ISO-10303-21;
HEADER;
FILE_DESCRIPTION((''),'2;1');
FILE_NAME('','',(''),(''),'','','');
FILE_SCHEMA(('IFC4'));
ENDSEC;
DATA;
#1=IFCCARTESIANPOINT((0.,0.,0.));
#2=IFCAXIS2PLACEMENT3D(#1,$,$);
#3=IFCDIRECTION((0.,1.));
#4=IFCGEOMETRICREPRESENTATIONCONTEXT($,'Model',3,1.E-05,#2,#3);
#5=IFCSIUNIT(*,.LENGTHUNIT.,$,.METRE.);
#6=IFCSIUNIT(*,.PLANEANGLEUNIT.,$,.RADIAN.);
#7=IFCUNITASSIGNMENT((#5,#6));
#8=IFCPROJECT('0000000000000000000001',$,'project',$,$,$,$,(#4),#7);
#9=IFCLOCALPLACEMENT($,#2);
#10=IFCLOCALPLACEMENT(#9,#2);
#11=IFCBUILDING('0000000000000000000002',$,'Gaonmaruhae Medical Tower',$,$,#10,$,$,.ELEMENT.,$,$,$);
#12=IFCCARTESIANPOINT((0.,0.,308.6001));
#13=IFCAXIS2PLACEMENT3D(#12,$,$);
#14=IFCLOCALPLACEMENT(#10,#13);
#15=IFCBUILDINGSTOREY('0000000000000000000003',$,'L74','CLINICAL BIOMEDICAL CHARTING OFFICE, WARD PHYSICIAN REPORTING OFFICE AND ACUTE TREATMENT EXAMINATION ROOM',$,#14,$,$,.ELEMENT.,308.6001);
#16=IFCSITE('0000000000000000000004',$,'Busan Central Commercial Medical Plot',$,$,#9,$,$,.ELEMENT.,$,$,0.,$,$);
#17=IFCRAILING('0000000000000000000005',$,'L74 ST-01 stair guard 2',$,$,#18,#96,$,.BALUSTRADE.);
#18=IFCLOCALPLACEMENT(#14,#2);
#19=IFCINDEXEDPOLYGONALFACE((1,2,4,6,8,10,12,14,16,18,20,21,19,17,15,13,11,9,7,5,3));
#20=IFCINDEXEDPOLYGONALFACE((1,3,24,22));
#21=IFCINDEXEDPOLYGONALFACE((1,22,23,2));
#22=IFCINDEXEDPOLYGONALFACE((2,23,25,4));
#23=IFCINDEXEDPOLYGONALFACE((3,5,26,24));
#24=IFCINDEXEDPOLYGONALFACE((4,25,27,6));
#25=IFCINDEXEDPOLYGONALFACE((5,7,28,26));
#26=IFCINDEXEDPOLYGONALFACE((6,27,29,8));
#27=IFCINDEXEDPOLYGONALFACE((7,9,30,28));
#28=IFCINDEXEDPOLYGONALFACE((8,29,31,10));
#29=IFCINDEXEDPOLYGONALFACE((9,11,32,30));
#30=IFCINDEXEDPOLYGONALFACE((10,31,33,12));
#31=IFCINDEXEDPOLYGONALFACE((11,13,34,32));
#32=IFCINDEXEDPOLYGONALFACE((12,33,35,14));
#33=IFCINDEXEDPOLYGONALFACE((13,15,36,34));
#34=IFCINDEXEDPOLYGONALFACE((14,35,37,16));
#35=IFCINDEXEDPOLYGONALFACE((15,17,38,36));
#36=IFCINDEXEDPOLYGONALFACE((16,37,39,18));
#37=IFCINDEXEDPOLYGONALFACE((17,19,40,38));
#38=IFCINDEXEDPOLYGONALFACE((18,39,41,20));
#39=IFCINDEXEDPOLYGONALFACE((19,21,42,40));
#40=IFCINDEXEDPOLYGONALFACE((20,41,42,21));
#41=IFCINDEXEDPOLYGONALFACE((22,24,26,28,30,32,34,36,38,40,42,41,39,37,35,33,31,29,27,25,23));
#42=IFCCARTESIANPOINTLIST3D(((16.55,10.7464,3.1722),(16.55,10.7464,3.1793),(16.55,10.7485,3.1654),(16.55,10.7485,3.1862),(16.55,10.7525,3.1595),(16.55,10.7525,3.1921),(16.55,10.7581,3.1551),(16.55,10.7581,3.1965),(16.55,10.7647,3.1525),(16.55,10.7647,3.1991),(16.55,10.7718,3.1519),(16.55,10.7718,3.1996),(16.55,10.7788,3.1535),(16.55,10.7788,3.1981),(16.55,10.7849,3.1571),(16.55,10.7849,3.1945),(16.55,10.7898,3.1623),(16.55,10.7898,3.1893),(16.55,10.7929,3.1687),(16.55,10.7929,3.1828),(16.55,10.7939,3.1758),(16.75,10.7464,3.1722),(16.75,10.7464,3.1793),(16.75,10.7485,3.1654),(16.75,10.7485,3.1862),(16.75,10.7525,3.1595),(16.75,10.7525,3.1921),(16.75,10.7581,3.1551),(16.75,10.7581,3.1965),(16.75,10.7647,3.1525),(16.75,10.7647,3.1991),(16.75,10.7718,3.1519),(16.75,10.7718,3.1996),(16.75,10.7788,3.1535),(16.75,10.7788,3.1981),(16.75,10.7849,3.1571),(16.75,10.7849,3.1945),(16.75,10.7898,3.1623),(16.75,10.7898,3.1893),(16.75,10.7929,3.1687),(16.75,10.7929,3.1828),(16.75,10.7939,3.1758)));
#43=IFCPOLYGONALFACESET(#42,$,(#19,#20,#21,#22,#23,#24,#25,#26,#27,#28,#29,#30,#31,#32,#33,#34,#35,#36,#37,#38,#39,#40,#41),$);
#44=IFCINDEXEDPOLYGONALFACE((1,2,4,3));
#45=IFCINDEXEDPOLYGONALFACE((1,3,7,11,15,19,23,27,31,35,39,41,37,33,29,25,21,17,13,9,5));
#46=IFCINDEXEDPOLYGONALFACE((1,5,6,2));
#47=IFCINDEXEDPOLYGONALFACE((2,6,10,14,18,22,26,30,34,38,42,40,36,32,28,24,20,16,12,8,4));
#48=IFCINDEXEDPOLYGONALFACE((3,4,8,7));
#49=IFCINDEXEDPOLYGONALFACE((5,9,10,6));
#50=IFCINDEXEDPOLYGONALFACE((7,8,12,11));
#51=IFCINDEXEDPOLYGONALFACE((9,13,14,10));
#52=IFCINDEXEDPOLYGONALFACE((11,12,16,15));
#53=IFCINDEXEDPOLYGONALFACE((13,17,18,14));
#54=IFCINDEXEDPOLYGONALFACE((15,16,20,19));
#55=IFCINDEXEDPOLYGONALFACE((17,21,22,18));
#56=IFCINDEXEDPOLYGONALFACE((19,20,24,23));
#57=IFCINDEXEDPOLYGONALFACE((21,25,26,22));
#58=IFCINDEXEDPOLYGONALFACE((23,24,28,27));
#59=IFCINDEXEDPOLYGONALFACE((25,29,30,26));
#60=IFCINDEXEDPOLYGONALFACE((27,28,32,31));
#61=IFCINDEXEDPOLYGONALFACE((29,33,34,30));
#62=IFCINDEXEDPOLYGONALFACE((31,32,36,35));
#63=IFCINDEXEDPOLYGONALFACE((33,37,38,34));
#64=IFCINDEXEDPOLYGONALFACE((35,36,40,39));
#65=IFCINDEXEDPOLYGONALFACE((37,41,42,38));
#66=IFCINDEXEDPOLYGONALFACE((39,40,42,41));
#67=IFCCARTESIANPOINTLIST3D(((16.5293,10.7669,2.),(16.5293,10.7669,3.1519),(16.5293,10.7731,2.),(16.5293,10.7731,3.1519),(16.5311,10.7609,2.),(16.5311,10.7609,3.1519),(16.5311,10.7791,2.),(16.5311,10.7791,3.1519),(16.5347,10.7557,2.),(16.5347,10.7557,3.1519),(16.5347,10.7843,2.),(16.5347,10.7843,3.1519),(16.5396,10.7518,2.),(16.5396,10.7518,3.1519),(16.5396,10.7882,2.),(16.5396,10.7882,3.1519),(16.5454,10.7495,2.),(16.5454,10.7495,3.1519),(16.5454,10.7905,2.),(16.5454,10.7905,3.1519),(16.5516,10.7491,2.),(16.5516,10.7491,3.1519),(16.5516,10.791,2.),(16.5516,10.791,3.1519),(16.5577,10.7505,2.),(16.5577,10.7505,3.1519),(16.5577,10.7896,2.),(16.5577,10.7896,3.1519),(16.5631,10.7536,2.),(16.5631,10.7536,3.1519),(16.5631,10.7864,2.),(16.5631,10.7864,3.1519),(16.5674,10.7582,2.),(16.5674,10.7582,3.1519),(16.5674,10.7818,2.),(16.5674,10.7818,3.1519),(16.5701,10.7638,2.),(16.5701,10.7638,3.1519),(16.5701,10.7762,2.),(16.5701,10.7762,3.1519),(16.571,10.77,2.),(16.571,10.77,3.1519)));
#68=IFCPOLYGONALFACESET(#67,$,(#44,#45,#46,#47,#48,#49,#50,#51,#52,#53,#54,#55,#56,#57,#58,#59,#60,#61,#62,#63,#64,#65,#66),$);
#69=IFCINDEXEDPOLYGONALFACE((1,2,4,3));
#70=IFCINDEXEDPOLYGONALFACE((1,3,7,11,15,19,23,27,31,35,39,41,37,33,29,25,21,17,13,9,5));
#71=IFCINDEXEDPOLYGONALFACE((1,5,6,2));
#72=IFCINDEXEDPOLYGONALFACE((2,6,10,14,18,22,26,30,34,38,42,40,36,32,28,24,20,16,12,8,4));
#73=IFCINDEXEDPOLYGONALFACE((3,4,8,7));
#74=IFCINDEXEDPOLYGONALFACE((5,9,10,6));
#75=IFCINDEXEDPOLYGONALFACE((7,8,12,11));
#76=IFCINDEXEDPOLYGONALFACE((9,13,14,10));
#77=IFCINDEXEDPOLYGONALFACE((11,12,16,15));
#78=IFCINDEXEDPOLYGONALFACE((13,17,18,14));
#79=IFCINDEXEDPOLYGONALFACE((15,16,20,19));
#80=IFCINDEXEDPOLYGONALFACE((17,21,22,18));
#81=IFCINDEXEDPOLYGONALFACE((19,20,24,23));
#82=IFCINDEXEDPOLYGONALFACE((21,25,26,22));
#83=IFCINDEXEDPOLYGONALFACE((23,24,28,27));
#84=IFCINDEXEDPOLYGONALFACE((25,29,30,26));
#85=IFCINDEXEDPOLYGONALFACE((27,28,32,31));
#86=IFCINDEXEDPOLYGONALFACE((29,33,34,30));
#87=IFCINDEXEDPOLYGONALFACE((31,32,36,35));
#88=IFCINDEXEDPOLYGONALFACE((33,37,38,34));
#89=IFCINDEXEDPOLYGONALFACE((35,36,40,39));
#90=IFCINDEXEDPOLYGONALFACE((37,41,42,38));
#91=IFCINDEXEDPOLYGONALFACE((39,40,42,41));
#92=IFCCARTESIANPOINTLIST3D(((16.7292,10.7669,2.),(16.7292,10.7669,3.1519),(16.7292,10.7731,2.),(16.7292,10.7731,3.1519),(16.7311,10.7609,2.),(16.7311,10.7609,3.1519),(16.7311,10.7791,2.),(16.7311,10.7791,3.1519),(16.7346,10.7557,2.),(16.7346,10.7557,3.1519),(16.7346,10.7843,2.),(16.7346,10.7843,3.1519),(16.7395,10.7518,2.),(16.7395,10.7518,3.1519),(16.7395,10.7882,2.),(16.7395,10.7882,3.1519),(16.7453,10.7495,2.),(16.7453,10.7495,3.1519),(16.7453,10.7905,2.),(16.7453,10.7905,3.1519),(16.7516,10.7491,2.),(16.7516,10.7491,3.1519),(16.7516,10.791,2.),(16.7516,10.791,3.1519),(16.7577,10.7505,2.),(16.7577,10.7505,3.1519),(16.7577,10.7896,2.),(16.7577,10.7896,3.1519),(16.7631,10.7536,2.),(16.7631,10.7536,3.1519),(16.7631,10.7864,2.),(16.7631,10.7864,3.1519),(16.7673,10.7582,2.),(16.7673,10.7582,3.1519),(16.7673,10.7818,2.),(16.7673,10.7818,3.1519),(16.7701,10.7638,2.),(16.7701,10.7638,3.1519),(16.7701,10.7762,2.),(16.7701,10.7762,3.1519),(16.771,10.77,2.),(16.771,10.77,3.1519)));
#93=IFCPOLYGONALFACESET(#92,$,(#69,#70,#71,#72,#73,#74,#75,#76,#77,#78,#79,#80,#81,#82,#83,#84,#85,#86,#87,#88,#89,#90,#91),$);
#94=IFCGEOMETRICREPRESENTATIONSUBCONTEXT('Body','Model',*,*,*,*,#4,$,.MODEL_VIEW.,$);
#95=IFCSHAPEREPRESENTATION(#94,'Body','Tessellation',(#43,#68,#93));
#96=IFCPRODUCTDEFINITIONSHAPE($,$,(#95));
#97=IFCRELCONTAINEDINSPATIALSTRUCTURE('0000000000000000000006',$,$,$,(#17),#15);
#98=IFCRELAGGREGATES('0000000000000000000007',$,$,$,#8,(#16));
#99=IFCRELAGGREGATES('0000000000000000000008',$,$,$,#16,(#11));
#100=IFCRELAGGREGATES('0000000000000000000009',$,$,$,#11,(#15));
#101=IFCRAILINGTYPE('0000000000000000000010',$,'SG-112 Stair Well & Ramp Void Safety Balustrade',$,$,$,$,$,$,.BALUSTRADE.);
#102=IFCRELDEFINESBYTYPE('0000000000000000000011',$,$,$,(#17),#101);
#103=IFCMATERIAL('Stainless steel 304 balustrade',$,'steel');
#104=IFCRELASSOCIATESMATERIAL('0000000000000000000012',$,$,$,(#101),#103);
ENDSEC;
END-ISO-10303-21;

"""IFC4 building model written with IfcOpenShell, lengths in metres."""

from ifc_helpers import new_model, si_unit, direction, frame, origin, origin_2d, place, context, subcontext, project, spatial, circle, extrude, material, type_object, element, save


model = new_model("IFC4")

# Units and contexts
model_context = context("Model", 3, precision=1e-05, world=origin(), true_north=direction((0.0, 1.0)))
body_context = subcontext(model_context, "Body", "Model", "MODEL_VIEW")
ifc_project = project(units=[si_unit("LENGTHUNIT", "METRE"), si_unit("PLANEANGLEUNIT", "RADIAN")], contexts=[model_context])

# Site, building, storey
site_placement = place(None, origin())
site = spatial("IfcSite", under=ifc_project, at=site_placement, Name="Busan Central Commercial Medical Plot", CompositionType="ELEMENT", RefElevation=0.0)
building_placement = place(site_placement, origin())
building = spatial("IfcBuilding", under=site, at=building_placement, Name="Gaonmaruhae Medical Tower", CompositionType="ELEMENT")
storey_placement = place(building_placement, frame((0.0, 0.0, 308.6001)))
storey = spatial("IfcBuildingStorey", under=building, at=storey_placement, Name="L74", Description="CLINICAL BIOMEDICAL CHARTING OFFICE, WARD PHYSICIAN REPORTING OFFICE AND ACUTE TREATMENT EXAMINATION ROOM", CompositionType="ELEMENT", Elevation=308.6001)

# Railing
ifc_material_1 = material(Name="Stainless steel 304 balustrade", Category="steel")
railing_type_1 = type_object("IfcRailingType", Name="SG-112 Stair Well & Ramp Void Safety Balustrade", PredefinedType="BALUSTRADE", material=ifc_material_1)
railing_1_placement = place(storey_placement, frame((16.55, 10.77, 2.0)))
element("IfcRailing", 1, at=railing_1_placement, inside=storey, type_object=railing_type_1, Name="L74 ST-01 stair guard 2", PredefinedType="BALUSTRADE", context=body_context, shape_type="SweptSolid", body=[
    extrude(circle(Radius=0.0239, at=origin_2d()), frame((0.0, 0.0, 1.1758), z_axis=(1.0, 0.0, 0.0), x_axis=(0.0, 1.0, 0.0)), (0.0, 0.0, 1.0), 0.2),
    extrude(circle(Radius=0.021, at=origin_2d()), origin(), (0.0, 0.0, 1.0), 1.1519),
    extrude(circle(Radius=0.021, at=origin_2d()), frame((0.2, 0.0, 0.0)), (0.0, 0.0, 1.0), 1.1519),
])

save(model, "model.ifc")
